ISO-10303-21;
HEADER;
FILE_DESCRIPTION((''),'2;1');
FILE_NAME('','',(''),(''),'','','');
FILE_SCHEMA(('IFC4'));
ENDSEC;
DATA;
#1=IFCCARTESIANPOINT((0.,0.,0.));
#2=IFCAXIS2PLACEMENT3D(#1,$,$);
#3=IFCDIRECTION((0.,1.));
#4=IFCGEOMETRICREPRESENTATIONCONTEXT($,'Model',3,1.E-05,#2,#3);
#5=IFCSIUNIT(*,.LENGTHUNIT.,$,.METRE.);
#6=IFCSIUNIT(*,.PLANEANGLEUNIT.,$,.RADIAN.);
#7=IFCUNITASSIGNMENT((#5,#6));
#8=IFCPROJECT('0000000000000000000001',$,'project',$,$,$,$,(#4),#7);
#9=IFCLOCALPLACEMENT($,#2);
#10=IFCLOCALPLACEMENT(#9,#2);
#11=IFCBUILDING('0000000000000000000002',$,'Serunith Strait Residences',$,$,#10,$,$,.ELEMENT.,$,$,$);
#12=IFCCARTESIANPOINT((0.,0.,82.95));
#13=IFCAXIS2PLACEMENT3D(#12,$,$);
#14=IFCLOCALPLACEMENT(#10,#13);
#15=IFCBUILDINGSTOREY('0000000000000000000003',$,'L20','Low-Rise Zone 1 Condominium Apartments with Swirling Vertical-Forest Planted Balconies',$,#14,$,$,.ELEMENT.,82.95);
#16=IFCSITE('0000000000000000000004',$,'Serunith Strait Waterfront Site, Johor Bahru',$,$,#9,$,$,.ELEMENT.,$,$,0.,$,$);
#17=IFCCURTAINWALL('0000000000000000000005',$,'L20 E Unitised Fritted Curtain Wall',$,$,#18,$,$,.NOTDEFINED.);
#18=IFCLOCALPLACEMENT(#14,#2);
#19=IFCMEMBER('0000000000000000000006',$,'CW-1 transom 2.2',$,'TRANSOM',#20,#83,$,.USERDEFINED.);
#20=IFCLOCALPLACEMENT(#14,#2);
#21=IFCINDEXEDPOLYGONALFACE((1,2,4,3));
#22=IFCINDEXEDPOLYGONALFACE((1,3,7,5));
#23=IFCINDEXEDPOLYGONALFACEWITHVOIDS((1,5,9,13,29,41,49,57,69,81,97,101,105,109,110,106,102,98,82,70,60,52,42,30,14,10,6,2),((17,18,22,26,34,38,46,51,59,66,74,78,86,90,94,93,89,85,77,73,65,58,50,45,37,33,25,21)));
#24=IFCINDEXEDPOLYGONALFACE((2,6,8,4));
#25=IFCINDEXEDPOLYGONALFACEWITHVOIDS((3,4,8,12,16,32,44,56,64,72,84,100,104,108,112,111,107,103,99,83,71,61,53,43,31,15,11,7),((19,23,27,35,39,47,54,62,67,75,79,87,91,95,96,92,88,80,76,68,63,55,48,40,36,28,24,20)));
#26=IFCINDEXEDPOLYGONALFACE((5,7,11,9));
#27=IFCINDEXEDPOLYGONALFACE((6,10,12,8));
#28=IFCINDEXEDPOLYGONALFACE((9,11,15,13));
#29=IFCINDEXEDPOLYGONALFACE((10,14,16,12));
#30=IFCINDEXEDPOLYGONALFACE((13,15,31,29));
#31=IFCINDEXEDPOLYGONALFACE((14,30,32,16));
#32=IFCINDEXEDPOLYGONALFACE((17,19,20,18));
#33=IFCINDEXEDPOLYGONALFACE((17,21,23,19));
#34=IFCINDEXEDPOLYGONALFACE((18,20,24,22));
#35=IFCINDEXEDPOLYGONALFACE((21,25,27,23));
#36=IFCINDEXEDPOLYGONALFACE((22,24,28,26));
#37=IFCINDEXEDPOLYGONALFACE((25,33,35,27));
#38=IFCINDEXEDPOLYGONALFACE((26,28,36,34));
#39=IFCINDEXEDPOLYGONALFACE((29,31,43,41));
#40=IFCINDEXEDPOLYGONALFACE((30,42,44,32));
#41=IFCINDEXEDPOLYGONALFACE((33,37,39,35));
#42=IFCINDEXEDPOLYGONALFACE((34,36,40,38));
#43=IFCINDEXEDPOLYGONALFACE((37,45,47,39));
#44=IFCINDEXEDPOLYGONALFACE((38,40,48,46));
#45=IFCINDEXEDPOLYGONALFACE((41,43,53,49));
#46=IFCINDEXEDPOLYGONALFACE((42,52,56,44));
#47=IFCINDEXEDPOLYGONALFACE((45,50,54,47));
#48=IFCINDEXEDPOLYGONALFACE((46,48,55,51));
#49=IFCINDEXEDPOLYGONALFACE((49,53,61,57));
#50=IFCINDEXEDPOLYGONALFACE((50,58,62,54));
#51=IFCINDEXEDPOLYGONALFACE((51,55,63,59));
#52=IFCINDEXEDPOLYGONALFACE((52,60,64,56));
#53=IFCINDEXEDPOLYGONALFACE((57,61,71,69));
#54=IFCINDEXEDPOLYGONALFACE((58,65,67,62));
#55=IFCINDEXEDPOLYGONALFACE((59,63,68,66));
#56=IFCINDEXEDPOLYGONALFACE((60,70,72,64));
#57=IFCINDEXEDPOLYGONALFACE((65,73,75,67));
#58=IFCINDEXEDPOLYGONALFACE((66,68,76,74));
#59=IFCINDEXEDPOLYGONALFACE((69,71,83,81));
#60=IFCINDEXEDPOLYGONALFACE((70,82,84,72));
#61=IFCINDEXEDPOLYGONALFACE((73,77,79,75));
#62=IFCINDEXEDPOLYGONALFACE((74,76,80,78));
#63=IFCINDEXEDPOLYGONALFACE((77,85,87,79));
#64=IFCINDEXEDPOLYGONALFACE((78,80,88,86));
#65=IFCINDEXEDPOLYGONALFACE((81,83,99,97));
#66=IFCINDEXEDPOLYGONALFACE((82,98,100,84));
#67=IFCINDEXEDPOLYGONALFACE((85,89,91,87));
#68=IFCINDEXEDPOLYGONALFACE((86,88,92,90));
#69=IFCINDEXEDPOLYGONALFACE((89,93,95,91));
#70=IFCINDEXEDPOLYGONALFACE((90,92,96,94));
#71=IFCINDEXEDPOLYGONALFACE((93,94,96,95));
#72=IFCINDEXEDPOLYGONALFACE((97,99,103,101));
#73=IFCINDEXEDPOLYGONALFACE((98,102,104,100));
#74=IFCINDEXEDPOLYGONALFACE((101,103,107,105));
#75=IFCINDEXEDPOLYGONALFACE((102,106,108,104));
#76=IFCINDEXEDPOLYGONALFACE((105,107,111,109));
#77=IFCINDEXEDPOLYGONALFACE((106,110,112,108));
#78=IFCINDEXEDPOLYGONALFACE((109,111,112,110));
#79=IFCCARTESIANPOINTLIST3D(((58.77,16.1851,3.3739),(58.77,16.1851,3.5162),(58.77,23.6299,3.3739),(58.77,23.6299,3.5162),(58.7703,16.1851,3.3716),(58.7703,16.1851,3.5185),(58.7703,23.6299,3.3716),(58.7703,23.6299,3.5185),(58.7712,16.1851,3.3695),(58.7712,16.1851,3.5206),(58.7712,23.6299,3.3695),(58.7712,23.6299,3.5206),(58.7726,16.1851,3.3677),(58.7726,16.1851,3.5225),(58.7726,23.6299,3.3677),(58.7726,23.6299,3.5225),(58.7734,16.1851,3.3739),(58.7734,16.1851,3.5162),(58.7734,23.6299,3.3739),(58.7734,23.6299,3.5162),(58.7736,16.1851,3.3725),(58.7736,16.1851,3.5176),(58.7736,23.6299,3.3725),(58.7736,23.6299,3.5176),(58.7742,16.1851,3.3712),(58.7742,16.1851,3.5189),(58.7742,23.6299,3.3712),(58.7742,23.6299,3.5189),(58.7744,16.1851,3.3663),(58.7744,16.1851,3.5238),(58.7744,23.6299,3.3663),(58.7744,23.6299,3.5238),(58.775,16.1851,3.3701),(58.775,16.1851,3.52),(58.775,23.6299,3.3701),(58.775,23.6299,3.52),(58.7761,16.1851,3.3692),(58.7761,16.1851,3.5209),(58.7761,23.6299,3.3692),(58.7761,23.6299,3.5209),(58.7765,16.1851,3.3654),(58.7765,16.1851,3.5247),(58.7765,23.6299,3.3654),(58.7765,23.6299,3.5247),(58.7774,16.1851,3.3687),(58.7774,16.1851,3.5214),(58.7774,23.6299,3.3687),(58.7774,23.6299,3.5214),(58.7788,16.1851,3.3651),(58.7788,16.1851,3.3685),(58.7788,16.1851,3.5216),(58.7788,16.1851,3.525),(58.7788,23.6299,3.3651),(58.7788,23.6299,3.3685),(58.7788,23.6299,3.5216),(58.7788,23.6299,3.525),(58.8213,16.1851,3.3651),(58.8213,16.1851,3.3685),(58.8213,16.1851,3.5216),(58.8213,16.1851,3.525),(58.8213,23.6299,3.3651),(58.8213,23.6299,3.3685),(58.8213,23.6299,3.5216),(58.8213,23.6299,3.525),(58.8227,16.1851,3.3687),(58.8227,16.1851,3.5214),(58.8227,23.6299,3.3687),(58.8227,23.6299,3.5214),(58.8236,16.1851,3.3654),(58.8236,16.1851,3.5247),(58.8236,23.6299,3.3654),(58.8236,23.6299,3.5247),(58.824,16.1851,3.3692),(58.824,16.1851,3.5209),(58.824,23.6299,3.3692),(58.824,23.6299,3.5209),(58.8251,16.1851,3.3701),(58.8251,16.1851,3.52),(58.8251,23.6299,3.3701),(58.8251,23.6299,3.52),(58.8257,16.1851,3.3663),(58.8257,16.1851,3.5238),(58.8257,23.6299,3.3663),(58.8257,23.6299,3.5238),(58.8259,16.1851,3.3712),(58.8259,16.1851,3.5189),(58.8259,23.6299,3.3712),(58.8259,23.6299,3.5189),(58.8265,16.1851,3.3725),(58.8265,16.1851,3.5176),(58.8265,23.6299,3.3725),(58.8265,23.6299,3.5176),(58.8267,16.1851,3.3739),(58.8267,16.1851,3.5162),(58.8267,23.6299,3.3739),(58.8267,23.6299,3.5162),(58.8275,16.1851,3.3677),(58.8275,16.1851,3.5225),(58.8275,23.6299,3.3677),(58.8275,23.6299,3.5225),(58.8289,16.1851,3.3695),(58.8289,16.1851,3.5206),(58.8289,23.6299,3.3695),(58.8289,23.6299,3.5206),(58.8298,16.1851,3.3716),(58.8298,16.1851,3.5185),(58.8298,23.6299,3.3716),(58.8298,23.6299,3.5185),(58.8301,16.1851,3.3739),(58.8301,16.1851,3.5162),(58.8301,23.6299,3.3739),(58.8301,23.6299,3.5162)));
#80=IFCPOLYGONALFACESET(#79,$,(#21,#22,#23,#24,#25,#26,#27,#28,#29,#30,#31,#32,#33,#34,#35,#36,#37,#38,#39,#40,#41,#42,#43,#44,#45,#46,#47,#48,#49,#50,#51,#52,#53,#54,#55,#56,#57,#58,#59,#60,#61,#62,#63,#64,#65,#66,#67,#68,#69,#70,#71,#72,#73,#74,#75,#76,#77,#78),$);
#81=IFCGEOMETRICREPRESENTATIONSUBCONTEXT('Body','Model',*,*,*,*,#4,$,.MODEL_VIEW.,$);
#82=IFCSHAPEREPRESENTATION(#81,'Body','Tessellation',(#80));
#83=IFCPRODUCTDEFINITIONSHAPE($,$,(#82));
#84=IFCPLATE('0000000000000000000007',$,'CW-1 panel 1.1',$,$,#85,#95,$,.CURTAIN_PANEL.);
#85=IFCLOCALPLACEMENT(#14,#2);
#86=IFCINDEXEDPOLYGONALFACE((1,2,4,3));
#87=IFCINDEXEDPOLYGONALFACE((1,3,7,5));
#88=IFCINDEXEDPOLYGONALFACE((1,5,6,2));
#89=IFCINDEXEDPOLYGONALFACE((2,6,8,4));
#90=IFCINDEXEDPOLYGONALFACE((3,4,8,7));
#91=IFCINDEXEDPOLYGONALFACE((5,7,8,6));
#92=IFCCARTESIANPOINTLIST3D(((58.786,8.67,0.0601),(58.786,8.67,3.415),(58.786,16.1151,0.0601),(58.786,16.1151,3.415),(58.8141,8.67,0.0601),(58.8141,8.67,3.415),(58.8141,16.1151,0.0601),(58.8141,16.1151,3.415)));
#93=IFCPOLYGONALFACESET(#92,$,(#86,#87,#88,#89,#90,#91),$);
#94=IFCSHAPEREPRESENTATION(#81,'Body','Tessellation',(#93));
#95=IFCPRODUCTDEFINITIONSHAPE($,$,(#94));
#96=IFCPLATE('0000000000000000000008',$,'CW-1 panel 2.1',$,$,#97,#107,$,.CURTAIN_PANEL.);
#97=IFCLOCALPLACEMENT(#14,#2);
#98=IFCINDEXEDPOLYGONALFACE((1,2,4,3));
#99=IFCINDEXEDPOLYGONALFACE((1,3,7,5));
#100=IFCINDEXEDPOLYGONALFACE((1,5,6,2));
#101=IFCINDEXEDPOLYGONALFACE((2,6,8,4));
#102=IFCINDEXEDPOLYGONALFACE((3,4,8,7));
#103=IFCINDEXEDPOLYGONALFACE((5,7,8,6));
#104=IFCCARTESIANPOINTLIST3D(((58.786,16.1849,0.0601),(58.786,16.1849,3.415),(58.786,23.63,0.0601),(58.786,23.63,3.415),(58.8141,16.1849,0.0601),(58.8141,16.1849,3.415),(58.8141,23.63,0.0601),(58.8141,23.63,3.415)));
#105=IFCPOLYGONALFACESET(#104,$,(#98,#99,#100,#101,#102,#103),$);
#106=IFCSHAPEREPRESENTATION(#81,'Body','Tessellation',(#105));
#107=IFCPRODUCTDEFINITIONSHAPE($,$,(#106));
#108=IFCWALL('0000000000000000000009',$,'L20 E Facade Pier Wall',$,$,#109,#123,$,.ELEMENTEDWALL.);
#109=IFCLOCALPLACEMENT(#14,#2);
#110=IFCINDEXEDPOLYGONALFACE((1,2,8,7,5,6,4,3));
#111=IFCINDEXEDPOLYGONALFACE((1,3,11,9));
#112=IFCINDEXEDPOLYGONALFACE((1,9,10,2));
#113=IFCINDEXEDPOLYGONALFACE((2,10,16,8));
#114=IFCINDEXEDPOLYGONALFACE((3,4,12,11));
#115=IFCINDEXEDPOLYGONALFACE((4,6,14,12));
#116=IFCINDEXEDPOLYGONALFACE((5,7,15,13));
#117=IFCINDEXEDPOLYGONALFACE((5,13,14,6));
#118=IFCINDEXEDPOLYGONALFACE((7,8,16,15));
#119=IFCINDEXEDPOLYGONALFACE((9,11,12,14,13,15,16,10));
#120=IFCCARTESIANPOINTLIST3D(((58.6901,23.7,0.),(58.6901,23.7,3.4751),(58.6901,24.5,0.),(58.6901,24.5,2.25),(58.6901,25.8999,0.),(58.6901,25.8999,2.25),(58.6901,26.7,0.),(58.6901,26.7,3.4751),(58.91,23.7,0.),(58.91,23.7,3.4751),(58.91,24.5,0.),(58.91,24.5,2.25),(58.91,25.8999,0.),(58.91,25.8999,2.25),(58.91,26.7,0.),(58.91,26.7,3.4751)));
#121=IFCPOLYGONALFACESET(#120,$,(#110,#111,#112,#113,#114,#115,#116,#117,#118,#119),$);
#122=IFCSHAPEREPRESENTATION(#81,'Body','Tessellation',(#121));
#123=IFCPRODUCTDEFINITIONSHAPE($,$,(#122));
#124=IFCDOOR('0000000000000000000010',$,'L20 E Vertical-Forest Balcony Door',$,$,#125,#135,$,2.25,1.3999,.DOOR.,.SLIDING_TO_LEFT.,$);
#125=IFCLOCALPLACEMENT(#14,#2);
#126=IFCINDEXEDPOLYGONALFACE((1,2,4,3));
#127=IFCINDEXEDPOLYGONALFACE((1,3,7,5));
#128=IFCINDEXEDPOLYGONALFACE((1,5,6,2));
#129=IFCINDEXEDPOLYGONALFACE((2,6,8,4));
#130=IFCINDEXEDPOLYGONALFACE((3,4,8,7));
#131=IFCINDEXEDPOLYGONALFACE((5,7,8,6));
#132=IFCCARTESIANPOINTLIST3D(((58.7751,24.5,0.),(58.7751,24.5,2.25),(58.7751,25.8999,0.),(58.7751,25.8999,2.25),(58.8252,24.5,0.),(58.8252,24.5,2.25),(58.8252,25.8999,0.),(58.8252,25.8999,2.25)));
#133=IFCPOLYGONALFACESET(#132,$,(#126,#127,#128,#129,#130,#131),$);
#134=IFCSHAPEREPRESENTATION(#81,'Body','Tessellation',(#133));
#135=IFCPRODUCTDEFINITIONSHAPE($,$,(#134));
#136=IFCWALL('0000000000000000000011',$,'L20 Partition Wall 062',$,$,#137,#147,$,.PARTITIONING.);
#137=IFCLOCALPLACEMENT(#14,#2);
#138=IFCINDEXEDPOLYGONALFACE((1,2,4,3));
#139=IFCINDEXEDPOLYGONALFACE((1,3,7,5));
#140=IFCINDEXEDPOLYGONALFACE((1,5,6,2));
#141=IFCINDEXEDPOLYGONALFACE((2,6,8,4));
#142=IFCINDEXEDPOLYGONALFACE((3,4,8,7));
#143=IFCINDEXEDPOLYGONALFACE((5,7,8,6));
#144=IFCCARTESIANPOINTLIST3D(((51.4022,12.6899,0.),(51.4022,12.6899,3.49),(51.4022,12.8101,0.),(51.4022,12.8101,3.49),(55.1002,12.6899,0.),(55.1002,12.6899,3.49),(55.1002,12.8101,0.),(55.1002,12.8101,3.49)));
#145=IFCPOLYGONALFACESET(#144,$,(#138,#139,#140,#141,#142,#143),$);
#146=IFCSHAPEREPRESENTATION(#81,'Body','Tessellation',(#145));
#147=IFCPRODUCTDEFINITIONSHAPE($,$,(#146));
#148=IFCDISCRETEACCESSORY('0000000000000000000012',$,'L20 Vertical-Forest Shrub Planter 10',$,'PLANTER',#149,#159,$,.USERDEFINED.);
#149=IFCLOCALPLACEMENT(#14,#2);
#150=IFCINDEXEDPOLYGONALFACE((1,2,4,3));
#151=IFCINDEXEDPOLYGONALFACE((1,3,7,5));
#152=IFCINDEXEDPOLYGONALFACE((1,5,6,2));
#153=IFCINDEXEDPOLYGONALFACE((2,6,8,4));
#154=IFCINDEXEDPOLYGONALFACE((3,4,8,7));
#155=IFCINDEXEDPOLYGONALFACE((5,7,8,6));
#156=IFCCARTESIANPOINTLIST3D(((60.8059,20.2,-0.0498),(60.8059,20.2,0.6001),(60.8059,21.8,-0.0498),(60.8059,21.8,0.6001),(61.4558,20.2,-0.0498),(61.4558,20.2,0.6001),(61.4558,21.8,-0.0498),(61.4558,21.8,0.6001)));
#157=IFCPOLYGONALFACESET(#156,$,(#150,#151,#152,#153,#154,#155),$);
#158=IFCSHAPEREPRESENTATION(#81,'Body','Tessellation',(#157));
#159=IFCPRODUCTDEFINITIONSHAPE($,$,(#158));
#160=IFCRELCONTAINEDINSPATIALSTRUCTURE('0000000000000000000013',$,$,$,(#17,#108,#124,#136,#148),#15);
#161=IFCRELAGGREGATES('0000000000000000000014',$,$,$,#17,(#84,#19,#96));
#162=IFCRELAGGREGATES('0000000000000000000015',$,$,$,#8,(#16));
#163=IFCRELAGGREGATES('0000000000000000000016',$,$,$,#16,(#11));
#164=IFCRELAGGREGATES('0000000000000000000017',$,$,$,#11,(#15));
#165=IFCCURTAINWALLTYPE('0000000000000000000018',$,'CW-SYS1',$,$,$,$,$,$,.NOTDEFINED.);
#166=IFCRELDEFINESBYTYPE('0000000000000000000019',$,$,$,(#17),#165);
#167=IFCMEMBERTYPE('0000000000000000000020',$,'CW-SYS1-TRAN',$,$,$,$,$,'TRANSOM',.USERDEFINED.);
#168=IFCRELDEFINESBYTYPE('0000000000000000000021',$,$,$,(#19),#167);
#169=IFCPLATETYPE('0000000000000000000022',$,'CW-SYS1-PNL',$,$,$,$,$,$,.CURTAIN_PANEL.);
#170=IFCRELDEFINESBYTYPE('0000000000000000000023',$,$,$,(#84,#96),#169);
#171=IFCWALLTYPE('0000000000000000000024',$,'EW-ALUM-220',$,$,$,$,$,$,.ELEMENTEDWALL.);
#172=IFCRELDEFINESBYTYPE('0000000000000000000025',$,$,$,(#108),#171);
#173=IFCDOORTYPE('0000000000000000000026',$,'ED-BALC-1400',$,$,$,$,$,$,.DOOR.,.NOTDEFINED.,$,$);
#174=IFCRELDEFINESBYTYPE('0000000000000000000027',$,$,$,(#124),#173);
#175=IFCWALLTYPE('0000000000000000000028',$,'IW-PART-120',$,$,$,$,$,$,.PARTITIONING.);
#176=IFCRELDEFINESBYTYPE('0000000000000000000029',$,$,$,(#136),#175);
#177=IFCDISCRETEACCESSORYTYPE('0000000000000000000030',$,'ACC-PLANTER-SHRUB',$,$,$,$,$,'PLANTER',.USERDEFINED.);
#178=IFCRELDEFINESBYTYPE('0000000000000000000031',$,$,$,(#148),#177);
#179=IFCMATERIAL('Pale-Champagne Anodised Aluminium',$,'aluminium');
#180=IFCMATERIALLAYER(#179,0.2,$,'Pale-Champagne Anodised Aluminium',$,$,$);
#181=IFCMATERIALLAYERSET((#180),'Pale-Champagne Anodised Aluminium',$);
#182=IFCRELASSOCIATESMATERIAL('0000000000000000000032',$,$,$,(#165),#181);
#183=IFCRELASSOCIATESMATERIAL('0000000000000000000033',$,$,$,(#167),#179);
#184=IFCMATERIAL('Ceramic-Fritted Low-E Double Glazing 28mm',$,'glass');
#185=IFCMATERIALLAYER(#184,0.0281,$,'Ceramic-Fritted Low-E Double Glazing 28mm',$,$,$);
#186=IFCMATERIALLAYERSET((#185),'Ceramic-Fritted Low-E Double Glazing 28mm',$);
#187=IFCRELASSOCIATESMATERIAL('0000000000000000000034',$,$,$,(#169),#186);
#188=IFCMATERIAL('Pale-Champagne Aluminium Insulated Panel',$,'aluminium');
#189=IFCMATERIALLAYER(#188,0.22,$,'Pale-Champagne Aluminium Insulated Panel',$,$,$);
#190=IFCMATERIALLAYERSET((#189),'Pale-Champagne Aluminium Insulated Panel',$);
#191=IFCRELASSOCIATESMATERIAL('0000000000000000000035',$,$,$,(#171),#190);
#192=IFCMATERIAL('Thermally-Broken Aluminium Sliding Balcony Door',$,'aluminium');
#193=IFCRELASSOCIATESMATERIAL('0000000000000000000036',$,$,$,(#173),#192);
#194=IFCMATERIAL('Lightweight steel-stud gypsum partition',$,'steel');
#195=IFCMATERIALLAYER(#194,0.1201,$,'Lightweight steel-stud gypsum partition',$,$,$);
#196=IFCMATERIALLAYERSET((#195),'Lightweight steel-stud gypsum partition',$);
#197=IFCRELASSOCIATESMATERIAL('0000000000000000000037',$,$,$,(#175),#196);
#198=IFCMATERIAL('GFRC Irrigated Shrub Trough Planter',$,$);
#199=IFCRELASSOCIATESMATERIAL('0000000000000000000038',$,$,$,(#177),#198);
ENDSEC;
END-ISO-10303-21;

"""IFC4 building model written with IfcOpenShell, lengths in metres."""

from ifc_helpers import new_model, si_unit, direction, frame, frame_2d, origin, origin_2d, place, context, subcontext, project, spatial, rectangle, hollow_rectangle, extrude, source, transform, mapped, material, layer, layer_set, material_profile, profile_set, type_object, element, fill, aggregate, save


model = new_model("IFC4")

# Units and contexts
model_context = context("Model", 3, precision=1e-05, world=origin(), true_north=direction((0.0, 1.0)))
body_context = subcontext(model_context, "Body", "Model", "MODEL_VIEW")
ifc_project = project(units=[si_unit("LENGTHUNIT", "METRE"), si_unit("PLANEANGLEUNIT", "RADIAN")], contexts=[model_context])

# Site, building, storey
site_placement = place(None, origin())
site = spatial("IfcSite", under=ifc_project, at=site_placement, Name="Serunith Strait Waterfront Site, Johor Bahru", CompositionType="ELEMENT", RefElevation=0.0)
building_placement = place(site_placement, origin())
building = spatial("IfcBuilding", under=site, at=building_placement, Name="Serunith Strait Residences", CompositionType="ELEMENT")
storey_placement = place(building_placement, frame((0.0, 0.0, 82.95)))
storey = spatial("IfcBuildingStorey", under=building, at=storey_placement, Name="L20", Description="Low-Rise Zone 1 Condominium Apartments with Swirling Vertical-Forest Planted Balconies", CompositionType="ELEMENT", Elevation=82.95)

# Curtain wall, member, plates
ifc_material_1 = material(Name="Pale-Champagne Anodised Aluminium", Category="aluminium")
ifc_layer_1 = layer(ifc_material_1, 0.2, Name="Pale-Champagne Anodised Aluminium")
ifc_layer_set_1 = layer_set([ifc_layer_1], Name="Pale-Champagne Anodised Aluminium")
curtain_wall_type = type_object("IfcCurtainWallType", Name="CW-SYS1", PredefinedType="NOTDEFINED", material=ifc_layer_set_1)
curtain_wall_placement = place(storey_placement, origin())
curtain_wall = element("IfcCurtainWall", 1, at=curtain_wall_placement, inside=storey, type_object=curtain_wall_type, Name="L20 E Unitised Fritted Curtain Wall", PredefinedType="NOTDEFINED")
ifc_material_profile_1 = material_profile(ifc_material_1, hollow_rectangle(XDim=0.0601, YDim=0.1599, WallThickness=0.0034, InnerFilletRadius=0.0054, OuterFilletRadius=0.0088, at=origin_2d()), Name="ALU 160x60x3.5")
ifc_profile_set_1 = profile_set([ifc_material_profile_1], Name="Pale-Champagne Anodised Aluminium")
member_type_1 = type_object("IfcMemberType", Name="CW-SYS1-TRAN", ElementType="TRANSOM", PredefinedType="USERDEFINED", material=ifc_profile_set_1)
shared_shape_1 = source(origin(), body_context, "Body", "SweptSolid", [
    extrude(hollow_rectangle(XDim=0.0601, YDim=0.1599, WallThickness=0.0034, InnerFilletRadius=0.0054, OuterFilletRadius=0.0088, at=origin_2d()), origin(), (0.0, 0.0, 1.0), 7.4448),
])
member_1_placement = place(storey_placement, frame((58.8, 16.1851, 3.4451), z_axis=(0.0, 1.0, 0.0), x_axis=(-1.0, 0.0, 0.0)))
member_1 = element("IfcMember", 2, at=member_1_placement, type_object=member_type_1, Name="CW-1 transom 2.2", ObjectType="TRANSOM", PredefinedType="USERDEFINED", context=body_context, shape_type="MappedRepresentation", body=[
    mapped(shared_shape_1, transform((0.0, 0.0, 0.0), scale=1.0)),
])
ifc_material_2 = material(Name="Ceramic-Fritted Low-E Double Glazing 28mm", Category="glass")
ifc_layer_2 = layer(ifc_material_2, 0.0281, Name="Ceramic-Fritted Low-E Double Glazing 28mm")
ifc_layer_set_2 = layer_set([ifc_layer_2], Name="Ceramic-Fritted Low-E Double Glazing 28mm")
plate_type = type_object("IfcPlateType", Name="CW-SYS1-PNL", PredefinedType="CURTAIN_PANEL", material=ifc_layer_set_2)
shared_shape_2 = source(origin(), body_context, "Body", "SweptSolid", [
    extrude(rectangle(XDim=7.4451, YDim=0.0281, at=origin_2d()), origin(), (0.0, 0.0, 1.0), 3.355),
])
plate_1_placement = place(storey_placement, frame((58.8, 12.3926, 0.0601), z_axis=(0.0, 0.0, 1.0), x_axis=(0.0, 1.0, 0.0)))
plate_1 = element("IfcPlate", 3, at=plate_1_placement, type_object=plate_type, Name="CW-1 panel 1.1", PredefinedType="CURTAIN_PANEL", context=body_context, shape_type="MappedRepresentation", body=[
    mapped(shared_shape_2, transform((0.0, 0.0, 0.0), scale=1.0)),
])
plate_2_placement = place(storey_placement, frame((58.8, 19.9075, 0.0601), z_axis=(0.0, 0.0, 1.0), x_axis=(0.0, 1.0, 0.0)))
plate_2 = element("IfcPlate", 4, at=plate_2_placement, type_object=plate_type, Name="CW-1 panel 2.1", PredefinedType="CURTAIN_PANEL", context=body_context, shape_type="MappedRepresentation", body=[
    mapped(shared_shape_2, transform((0.0, 0.0, 0.0), scale=1.0)),
])
aggregate(curtain_wall, [plate_1, member_1, plate_2])

# Wall, opening, door
ifc_material_3 = material(Name="Pale-Champagne Aluminium Insulated Panel", Category="aluminium")
ifc_layer_3 = layer(ifc_material_3, 0.22, Name="Pale-Champagne Aluminium Insulated Panel")
ifc_layer_set_3 = layer_set([ifc_layer_3], Name="Pale-Champagne Aluminium Insulated Panel")
wall_type_1 = type_object("IfcWallType", Name="EW-ALUM-220", PredefinedType="ELEMENTEDWALL", material=ifc_layer_set_3)
wall_1_placement = place(storey_placement, frame((58.8, 23.7, 0.0), z_axis=(0.0, 0.0, 1.0), x_axis=(0.0, 1.0, 0.0)))
wall_1 = element("IfcWall", 5, at=wall_1_placement, inside=storey, type_object=wall_type_1, Name="L20 E Facade Pier Wall", PredefinedType="ELEMENTEDWALL", context=body_context, shape_type="SweptSolid", body=[
    extrude(rectangle(XDim=3.0, YDim=0.22, at=frame_2d((1.5, 0.0))), origin(), (0.0, 0.0, 1.0), 3.4751),
])
opening_placement = place(wall_1_placement, frame((0.8, 0.0, 0.0)))
opening = element("IfcOpeningElement", 6, at=opening_placement, cuts=wall_1, PredefinedType="OPENING", context=body_context, shape_type="SweptSolid", body=[
    extrude(rectangle(XDim=1.3999, YDim=2.25, at=frame_2d((0.7, 1.125))), frame((0.0, 0.1201, 0.0), z_axis=(0.0, -1.0, 0.0), x_axis=(1.0, 0.0, 0.0)), (0.0, 0.0, 1.0), 0.24),
])
ifc_material_4 = material(Name="Thermally-Broken Aluminium Sliding Balcony Door", Category="aluminium")
door_type = type_object("IfcDoorType", Name="ED-BALC-1400", OperationType="NOTDEFINED", PredefinedType="DOOR", material=ifc_material_4)
shared_shape_3 = source(origin(), body_context, "Body", "SweptSolid", [
    extrude(rectangle(XDim=1.3999, YDim=2.25, at=frame_2d((0.7, 1.125))), frame((0.0, 0.0249, 0.0), z_axis=(0.0, -1.0, 0.0), x_axis=(1.0, 0.0, 0.0)), (0.0, 0.0, 1.0), 0.05),
])
door_placement = place(opening_placement, origin())
door = element("IfcDoor", 7, at=door_placement, inside=storey, type_object=door_type, Name="L20 E Vertical-Forest Balcony Door", OperationType="SLIDING_TO_LEFT", OverallHeight=2.25, OverallWidth=1.3999, PredefinedType="DOOR", context=body_context, shape_type="MappedRepresentation", body=[
    mapped(shared_shape_3, transform((0.0, 0.0, 0.0), scale=1.0)),
])
fill(opening, door)

# Wall
ifc_material_5 = material(Name="Lightweight steel-stud gypsum partition", Category="steel")
ifc_layer_4 = layer(ifc_material_5, 0.1201, Name="Lightweight steel-stud gypsum partition")
ifc_layer_set_4 = layer_set([ifc_layer_4], Name="Lightweight steel-stud gypsum partition")
wall_type_2 = type_object("IfcWallType", Name="IW-PART-120", PredefinedType="PARTITIONING", material=ifc_layer_set_4)
wall_2_placement = place(storey_placement, frame((51.4021, 12.75, 0.0), z_axis=(0.0, 0.0, 1.0), x_axis=(1.0, 0.0, 0.0)))
element("IfcWall", 8, at=wall_2_placement, inside=storey, type_object=wall_type_2, Name="L20 Partition Wall 062", PredefinedType="PARTITIONING", context=body_context, shape_type="SweptSolid", body=[
    extrude(rectangle(XDim=3.698, YDim=0.1201, at=frame_2d((1.8491, 0.0))), origin(), (0.0, 0.0, 1.0), 3.49),
])

# Discrete accessory
ifc_material_6 = material(Name="GFRC Irrigated Shrub Trough Planter")
discrete_accessory_type = type_object("IfcDiscreteAccessoryType", Name="ACC-PLANTER-SHRUB", ElementType="PLANTER", PredefinedType="USERDEFINED", material=ifc_material_6)
shared_shape_4 = source(origin(), body_context, "Body", "SweptSolid", [
    extrude(rectangle(XDim=1.6001, YDim=0.6499, at=origin_2d()), origin(), (0.0, 0.0, 1.0), 0.6499),
])
discrete_accessory_placement = place(storey_placement, frame((61.1309, 21.0, -0.0498), z_axis=(0.0, 0.0, 1.0), x_axis=(0.0, 1.0, 0.0)))
element("IfcDiscreteAccessory", 9, at=discrete_accessory_placement, inside=storey, type_object=discrete_accessory_type, Name="L20 Vertical-Forest Shrub Planter 10", ObjectType="PLANTER", PredefinedType="USERDEFINED", context=body_context, shape_type="MappedRepresentation", body=[
    mapped(shared_shape_4, transform((0.0, 0.0, 0.0), scale=1.0)),
])

save(model, "model.ifc")
